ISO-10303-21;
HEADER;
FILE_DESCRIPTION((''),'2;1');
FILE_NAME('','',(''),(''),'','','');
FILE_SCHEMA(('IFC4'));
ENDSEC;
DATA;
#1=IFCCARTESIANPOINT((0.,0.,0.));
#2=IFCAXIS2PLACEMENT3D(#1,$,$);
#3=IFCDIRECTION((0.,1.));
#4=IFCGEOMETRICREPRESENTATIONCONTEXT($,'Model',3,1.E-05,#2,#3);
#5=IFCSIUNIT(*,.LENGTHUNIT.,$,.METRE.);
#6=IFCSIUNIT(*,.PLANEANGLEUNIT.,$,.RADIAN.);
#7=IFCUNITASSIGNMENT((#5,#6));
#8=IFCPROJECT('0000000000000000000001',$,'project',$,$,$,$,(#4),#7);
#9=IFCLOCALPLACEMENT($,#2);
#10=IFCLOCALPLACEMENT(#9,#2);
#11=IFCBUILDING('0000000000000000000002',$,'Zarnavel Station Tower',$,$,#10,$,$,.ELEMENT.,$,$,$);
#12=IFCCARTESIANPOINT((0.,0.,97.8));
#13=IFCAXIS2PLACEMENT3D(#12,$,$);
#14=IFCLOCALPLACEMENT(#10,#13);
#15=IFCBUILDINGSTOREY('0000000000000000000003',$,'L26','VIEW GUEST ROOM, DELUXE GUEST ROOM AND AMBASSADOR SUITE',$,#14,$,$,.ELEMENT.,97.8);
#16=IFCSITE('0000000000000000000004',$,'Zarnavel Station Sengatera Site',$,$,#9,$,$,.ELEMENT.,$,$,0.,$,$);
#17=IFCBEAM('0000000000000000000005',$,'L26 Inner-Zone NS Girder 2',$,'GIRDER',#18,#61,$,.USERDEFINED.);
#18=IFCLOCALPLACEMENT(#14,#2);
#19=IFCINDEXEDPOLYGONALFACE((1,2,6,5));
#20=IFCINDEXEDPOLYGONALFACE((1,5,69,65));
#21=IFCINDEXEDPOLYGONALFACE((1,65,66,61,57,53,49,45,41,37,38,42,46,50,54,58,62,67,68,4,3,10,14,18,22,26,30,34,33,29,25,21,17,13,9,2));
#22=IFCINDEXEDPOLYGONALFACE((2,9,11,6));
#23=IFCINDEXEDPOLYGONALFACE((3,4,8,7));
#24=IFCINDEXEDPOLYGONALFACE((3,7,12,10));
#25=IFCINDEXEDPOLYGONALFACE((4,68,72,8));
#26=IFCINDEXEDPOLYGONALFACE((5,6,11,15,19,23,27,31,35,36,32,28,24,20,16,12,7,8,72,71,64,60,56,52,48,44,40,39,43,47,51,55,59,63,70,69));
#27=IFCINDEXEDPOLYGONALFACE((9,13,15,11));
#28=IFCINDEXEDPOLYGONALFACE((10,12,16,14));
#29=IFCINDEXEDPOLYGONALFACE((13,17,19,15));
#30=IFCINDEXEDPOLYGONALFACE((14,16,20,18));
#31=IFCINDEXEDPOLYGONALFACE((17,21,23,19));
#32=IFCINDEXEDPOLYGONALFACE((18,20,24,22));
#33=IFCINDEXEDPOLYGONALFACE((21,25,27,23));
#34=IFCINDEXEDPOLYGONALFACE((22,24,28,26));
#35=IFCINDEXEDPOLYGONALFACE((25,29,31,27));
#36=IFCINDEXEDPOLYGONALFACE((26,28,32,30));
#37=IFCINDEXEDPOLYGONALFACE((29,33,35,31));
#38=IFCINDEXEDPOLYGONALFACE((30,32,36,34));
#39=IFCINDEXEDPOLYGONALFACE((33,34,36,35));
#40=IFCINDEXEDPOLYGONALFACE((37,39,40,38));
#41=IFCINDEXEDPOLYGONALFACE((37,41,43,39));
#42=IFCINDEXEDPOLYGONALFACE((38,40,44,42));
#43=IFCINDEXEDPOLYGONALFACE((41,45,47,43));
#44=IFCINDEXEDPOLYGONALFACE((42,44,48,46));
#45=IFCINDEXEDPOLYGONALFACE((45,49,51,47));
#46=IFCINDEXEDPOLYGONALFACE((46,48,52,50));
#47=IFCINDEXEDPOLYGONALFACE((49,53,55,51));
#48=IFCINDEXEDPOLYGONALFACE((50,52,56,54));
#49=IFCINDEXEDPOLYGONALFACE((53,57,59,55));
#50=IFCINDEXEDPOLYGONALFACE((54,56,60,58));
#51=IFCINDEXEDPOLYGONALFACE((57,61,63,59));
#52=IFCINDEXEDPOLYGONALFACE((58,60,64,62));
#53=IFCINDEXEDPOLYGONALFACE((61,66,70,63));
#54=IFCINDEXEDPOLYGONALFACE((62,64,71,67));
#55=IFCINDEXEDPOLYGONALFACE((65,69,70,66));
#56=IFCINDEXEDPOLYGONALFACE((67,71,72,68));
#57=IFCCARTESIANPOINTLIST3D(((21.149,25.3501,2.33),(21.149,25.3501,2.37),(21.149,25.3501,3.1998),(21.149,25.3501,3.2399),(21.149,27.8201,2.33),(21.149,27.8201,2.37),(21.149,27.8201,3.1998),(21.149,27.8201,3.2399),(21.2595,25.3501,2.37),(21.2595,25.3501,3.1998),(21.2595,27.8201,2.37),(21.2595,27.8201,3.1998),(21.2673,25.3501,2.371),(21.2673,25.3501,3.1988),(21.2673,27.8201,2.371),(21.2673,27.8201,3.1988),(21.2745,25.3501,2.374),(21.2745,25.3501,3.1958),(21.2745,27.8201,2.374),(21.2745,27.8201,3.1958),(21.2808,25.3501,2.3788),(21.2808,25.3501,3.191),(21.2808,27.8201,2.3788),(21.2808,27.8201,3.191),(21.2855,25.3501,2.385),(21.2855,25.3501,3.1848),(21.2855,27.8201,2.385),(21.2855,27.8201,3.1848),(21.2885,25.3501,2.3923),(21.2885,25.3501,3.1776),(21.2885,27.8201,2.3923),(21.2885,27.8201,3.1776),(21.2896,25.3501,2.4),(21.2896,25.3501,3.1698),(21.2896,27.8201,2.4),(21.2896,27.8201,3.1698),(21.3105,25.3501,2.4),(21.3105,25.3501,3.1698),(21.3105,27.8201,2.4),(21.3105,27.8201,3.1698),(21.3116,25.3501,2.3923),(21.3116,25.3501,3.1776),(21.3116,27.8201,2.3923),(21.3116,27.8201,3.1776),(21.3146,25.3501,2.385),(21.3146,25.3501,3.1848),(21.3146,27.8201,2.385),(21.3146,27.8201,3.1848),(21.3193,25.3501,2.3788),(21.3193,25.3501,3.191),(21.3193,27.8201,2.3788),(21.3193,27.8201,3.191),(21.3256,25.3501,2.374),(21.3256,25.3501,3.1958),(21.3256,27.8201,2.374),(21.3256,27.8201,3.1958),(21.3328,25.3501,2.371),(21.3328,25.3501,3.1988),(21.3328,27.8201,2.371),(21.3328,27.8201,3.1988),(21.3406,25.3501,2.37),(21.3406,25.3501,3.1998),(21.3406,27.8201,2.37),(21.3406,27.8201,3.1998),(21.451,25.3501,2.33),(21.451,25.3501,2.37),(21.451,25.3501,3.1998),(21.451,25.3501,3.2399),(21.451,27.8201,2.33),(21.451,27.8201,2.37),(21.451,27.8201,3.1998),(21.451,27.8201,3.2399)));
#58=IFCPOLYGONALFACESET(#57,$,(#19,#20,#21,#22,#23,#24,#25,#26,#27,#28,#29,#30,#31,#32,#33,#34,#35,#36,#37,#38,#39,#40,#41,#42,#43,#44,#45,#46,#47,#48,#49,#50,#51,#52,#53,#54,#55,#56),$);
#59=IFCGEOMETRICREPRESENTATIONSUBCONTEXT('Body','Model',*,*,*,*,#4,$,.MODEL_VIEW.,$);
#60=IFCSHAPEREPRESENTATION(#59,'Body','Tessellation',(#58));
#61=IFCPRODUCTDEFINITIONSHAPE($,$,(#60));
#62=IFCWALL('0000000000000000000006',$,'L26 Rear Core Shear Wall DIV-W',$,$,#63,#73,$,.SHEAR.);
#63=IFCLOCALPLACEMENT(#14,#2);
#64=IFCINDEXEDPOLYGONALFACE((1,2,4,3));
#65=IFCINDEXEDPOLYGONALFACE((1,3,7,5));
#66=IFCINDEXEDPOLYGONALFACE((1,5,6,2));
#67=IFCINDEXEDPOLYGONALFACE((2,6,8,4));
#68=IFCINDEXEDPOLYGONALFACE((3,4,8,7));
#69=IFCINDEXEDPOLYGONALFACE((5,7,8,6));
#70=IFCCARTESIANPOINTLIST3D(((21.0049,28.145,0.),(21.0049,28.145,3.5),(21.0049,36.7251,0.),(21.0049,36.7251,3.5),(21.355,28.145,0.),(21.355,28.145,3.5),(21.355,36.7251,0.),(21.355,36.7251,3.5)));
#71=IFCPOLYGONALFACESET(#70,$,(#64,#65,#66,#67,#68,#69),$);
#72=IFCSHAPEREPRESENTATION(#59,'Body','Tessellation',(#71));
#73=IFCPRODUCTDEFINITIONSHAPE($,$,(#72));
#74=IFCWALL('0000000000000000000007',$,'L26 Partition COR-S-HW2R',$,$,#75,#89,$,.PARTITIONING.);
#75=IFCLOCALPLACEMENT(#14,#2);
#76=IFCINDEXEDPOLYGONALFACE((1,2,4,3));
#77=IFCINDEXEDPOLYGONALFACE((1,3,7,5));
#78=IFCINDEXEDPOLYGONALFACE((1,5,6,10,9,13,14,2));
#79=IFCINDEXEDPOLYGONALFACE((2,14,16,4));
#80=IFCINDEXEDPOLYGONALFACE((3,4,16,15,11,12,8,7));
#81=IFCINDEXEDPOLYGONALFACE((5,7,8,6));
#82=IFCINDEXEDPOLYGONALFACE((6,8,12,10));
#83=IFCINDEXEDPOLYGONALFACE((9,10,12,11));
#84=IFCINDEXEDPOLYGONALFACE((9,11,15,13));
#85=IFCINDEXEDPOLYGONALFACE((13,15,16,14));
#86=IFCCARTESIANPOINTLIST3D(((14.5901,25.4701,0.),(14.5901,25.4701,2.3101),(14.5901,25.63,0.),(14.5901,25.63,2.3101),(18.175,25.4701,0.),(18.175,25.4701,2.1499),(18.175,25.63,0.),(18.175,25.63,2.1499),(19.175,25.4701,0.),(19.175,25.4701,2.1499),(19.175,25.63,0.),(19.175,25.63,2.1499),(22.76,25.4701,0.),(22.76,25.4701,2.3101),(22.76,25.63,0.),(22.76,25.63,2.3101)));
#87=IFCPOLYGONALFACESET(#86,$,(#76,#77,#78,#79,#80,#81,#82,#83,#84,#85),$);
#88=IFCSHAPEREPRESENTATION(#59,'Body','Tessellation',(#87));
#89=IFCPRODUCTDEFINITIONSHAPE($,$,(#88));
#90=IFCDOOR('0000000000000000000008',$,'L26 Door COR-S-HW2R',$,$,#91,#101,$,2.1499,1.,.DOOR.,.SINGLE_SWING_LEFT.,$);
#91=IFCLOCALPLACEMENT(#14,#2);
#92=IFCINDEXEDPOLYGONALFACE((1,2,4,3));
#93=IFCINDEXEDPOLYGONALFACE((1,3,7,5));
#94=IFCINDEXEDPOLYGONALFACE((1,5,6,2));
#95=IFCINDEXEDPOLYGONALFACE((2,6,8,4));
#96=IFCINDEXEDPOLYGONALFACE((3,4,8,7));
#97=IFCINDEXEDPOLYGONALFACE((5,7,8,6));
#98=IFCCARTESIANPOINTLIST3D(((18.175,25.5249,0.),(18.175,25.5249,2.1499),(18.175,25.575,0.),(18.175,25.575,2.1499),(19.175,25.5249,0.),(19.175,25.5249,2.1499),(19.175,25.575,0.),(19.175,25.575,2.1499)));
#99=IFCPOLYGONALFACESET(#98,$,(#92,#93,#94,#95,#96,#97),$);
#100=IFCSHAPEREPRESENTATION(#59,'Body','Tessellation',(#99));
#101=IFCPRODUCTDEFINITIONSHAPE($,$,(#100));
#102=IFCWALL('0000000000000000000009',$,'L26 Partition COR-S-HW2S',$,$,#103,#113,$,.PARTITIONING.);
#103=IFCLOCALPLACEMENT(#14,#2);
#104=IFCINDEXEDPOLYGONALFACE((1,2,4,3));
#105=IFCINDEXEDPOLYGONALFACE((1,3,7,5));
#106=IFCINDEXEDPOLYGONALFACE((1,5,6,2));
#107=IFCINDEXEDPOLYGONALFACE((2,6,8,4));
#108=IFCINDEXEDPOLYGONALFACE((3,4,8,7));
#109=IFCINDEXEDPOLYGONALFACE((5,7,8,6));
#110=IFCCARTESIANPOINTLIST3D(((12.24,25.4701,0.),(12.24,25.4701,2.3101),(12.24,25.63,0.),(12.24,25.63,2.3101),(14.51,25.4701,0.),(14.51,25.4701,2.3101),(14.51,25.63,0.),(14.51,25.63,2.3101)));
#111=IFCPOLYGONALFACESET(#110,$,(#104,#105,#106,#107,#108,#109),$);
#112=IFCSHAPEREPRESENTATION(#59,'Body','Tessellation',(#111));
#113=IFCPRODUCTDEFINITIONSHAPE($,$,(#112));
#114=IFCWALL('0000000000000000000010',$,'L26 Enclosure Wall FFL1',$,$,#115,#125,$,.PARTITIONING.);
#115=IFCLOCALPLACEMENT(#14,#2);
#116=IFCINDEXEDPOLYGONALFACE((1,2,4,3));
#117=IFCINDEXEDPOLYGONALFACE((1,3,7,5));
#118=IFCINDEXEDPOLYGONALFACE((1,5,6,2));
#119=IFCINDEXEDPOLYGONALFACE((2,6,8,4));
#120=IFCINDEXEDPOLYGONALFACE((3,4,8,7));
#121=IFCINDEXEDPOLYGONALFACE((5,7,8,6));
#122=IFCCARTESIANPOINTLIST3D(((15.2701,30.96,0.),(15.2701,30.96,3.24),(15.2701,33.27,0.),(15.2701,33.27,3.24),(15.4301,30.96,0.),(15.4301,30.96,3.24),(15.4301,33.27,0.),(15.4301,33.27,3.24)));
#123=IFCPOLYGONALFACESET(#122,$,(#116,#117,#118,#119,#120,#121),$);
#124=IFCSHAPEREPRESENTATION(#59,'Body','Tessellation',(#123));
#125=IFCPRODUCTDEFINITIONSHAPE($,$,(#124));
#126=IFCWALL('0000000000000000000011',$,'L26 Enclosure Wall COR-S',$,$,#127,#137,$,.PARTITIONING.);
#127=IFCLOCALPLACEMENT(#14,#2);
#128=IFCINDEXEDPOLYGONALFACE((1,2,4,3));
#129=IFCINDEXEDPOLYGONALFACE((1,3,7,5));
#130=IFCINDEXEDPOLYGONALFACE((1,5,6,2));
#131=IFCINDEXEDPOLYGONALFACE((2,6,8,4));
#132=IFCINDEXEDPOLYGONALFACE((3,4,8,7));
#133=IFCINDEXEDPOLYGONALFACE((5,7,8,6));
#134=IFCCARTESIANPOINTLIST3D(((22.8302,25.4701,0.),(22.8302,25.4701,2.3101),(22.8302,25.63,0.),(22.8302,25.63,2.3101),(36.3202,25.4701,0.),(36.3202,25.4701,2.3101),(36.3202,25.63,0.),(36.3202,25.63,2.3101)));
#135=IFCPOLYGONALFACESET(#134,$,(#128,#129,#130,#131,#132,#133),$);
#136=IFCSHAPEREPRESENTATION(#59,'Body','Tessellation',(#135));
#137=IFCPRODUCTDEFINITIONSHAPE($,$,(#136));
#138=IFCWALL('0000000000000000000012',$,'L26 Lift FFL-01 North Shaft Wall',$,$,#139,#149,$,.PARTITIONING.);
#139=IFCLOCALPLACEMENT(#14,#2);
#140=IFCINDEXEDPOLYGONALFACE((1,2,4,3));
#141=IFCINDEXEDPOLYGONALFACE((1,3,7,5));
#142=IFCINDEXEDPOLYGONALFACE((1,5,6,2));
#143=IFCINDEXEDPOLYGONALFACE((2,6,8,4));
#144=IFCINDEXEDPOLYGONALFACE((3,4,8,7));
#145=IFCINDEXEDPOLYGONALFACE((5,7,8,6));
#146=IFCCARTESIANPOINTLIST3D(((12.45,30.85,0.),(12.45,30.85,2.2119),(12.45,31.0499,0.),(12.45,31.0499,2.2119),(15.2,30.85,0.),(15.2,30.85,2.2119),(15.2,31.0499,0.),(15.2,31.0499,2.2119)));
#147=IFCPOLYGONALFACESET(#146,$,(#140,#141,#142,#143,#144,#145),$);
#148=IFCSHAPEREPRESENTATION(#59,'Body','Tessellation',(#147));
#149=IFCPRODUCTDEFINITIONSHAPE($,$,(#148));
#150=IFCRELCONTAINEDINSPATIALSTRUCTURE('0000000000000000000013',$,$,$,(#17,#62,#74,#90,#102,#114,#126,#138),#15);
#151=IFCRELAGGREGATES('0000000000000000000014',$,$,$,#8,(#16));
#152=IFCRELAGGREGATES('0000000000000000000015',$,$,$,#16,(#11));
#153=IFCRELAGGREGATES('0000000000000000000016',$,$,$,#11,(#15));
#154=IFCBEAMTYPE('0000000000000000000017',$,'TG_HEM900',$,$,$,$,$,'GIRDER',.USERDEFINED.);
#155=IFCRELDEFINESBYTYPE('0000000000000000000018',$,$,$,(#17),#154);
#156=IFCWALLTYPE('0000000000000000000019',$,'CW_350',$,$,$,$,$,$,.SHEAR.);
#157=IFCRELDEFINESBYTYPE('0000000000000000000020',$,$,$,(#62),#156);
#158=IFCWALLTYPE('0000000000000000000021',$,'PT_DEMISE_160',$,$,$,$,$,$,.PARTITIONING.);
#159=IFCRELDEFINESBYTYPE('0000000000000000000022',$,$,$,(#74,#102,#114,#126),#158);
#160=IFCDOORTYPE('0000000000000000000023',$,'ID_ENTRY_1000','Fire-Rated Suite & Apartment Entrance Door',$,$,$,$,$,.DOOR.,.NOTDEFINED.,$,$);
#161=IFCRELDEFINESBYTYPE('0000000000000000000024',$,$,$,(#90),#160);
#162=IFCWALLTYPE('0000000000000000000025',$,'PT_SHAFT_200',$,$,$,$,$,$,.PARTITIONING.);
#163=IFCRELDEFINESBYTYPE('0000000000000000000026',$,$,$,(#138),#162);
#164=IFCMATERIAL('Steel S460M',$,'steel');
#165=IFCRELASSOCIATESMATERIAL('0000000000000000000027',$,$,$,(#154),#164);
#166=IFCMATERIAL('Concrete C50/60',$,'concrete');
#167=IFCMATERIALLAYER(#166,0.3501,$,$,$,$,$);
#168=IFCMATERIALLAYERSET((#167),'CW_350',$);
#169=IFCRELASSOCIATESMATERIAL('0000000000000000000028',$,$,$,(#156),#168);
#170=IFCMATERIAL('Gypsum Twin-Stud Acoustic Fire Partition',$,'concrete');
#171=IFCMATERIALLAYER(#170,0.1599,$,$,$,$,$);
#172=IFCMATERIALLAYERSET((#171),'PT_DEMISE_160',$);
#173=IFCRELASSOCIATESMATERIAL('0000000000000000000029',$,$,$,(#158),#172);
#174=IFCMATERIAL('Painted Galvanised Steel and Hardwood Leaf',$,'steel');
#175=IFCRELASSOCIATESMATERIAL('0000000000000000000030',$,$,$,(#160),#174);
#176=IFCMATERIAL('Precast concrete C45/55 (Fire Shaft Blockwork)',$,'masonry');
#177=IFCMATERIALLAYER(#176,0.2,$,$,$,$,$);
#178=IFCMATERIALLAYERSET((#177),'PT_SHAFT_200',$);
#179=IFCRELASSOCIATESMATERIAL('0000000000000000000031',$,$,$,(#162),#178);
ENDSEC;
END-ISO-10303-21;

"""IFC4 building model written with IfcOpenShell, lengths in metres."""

from ifc_helpers import new_model, si_unit, direction, frame, frame_2d, origin, origin_2d, place, context, subcontext, project, spatial, rectangle, i_section, extrude, material, layer, layer_set, material_profile, profile_set, type_object, element, fill, save


model = new_model("IFC4")

# Units and contexts
model_context = context("Model", 3, precision=1e-05, world=origin(), true_north=direction((0.0, 1.0)))
body_context = subcontext(model_context, "Body", "Model", "MODEL_VIEW")
ifc_project = project(units=[si_unit("LENGTHUNIT", "METRE"), si_unit("PLANEANGLEUNIT", "RADIAN")], contexts=[model_context])

# Site, building, storey
site_placement = place(None, origin())
site = spatial("IfcSite", under=ifc_project, at=site_placement, Name="Zarnavel Station Sengatera Site", CompositionType="ELEMENT", RefElevation=0.0)
building_placement = place(site_placement, origin())
building = spatial("IfcBuilding", under=site, at=building_placement, Name="Zarnavel Station Tower", CompositionType="ELEMENT")
storey_placement = place(building_placement, frame((0.0, 0.0, 97.8)))
storey = spatial("IfcBuildingStorey", under=building, at=storey_placement, Name="L26", Description="VIEW GUEST ROOM, DELUXE GUEST ROOM AND AMBASSADOR SUITE", CompositionType="ELEMENT", Elevation=97.8)

# Beam
ifc_material_1 = material(Name="Steel S460M", Category="steel")
ifc_material_profile_1 = material_profile(ifc_material_1, i_section(OverallWidth=0.302, OverallDepth=0.9099, WebThickness=0.021, FlangeThickness=0.04, FilletRadius=0.03, at=origin_2d()), Name="HEM900")
ifc_profile_set_1 = profile_set([ifc_material_profile_1], Name="Steel S460M")
beam_type_1 = type_object("IfcBeamType", Name="TG_HEM900", ElementType="GIRDER", PredefinedType="USERDEFINED", material=ifc_profile_set_1)
for number, where, z_axis, x_axis, name in (
    (1, (21.3, 25.3501, 2.7849), (0.0, 1.0, 0.0), (-1.0, 0.0, 0.0), "L26 Inner-Zone NS Girder 2"),
):
    element("IfcBeam", number, at=place(storey_placement, frame(where, z_axis=z_axis, x_axis=x_axis)), inside=storey, type_object=beam_type_1, Name=name, ObjectType="GIRDER", PredefinedType="USERDEFINED", context=body_context, shape_type="SweptSolid", body=[
        extrude(i_section(OverallWidth=0.302, OverallDepth=0.9099, WebThickness=0.021, FlangeThickness=0.04, FilletRadius=0.03, at=origin_2d()), origin(), (0.0, 0.0, 1.0), 2.47),
    ])

# Wall
ifc_material_2 = material(Name="Concrete C50/60", Category="concrete")
ifc_layer_1 = layer(ifc_material_2, 0.3501)
ifc_layer_set_1 = layer_set([ifc_layer_1], Name="CW_350")
wall_type_1 = type_object("IfcWallType", Name="CW_350", PredefinedType="SHEAR", material=ifc_layer_set_1)
wall_1_placement = place(storey_placement, frame((21.1799, 28.145, 0.0), z_axis=(0.0, 0.0, 1.0), x_axis=(0.0, 1.0, 0.0)))
element("IfcWall", 2, at=wall_1_placement, inside=storey, type_object=wall_type_1, Name="L26 Rear Core Shear Wall DIV-W", PredefinedType="SHEAR", context=body_context, shape_type="SweptSolid", body=[
    extrude(rectangle(XDim=8.5801, YDim=0.3501, at=frame_2d((4.29, 0.0))), origin(), (0.0, 0.0, 1.0), 3.5),
])

# Wall, opening, door
ifc_material_3 = material(Name="Gypsum Twin-Stud Acoustic Fire Partition", Category="concrete")
ifc_layer_2 = layer(ifc_material_3, 0.1599)
ifc_layer_set_2 = layer_set([ifc_layer_2], Name="PT_DEMISE_160")
wall_type_2 = type_object("IfcWallType", Name="PT_DEMISE_160", PredefinedType="PARTITIONING", material=ifc_layer_set_2)
wall_2_placement = place(storey_placement, frame((14.5901, 25.55, 0.0), z_axis=(0.0, 0.0, 1.0), x_axis=(1.0, 0.0, 0.0)))
wall_2 = element("IfcWall", 3, at=wall_2_placement, inside=storey, type_object=wall_type_2, Name="L26 Partition COR-S-HW2R", PredefinedType="PARTITIONING", context=body_context, shape_type="SweptSolid", body=[
    extrude(rectangle(XDim=8.1699, YDim=0.1599, at=frame_2d((4.085, 0.0))), origin(), (0.0, 0.0, 1.0), 2.3101),
])
opening_1_placement = place(wall_2_placement, frame((3.585, 0.0, 0.0)))
opening_1 = element("IfcOpeningElement", 4, at=opening_1_placement, cuts=wall_2, PredefinedType="OPENING", context=body_context, shape_type="SweptSolid", body=[
    extrude(rectangle(XDim=1.0, YDim=2.1499, at=frame_2d((0.5, 1.075))), frame((0.0, 0.0898, 0.0), z_axis=(0.0, -1.0, 0.0), x_axis=(1.0, 0.0, 0.0)), (0.0, 0.0, 1.0), 0.1799),
])
ifc_material_4 = material(Name="Painted Galvanised Steel and Hardwood Leaf", Category="steel")
door_type_1 = type_object("IfcDoorType", Name="ID_ENTRY_1000", Description="Fire-Rated Suite & Apartment Entrance Door", OperationType="NOTDEFINED", PredefinedType="DOOR", material=ifc_material_4)
door_1_placement = place(opening_1_placement, origin())
door_1 = element("IfcDoor", 5, at=door_1_placement, inside=storey, type_object=door_type_1, Name="L26 Door COR-S-HW2R", OperationType="SINGLE_SWING_LEFT", OverallHeight=2.1499, OverallWidth=1.0, PredefinedType="DOOR", context=body_context, shape_type="SweptSolid", body=[
    extrude(rectangle(XDim=1.0, YDim=2.1499, at=frame_2d((0.5, 1.075))), frame((0.0, 0.0249, 0.0), z_axis=(0.0, -1.0, 0.0), x_axis=(1.0, 0.0, 0.0)), (0.0, 0.0, 1.0), 0.05),
])
fill(opening_1, door_1)

# Walls
wall_3_placement = place(storey_placement, frame((12.24, 25.55, 0.0), z_axis=(0.0, 0.0, 1.0), x_axis=(1.0, 0.0, 0.0)))
element("IfcWall", 6, at=wall_3_placement, inside=storey, type_object=wall_type_2, Name="L26 Partition COR-S-HW2S", PredefinedType="PARTITIONING", context=body_context, shape_type="SweptSolid", body=[
    extrude(rectangle(XDim=2.27, YDim=0.1599, at=frame_2d((1.135, 0.0))), origin(), (0.0, 0.0, 1.0), 2.3101),
])
wall_4_placement = place(storey_placement, frame((15.3501, 30.96, 0.0), z_axis=(0.0, 0.0, 1.0), x_axis=(0.0, 1.0, 0.0)))
element("IfcWall", 7, at=wall_4_placement, inside=storey, type_object=wall_type_2, Name="L26 Enclosure Wall FFL1", PredefinedType="PARTITIONING", context=body_context, shape_type="SweptSolid", body=[
    extrude(rectangle(XDim=2.3101, YDim=0.1599, at=frame_2d((1.155, 0.0))), origin(), (0.0, 0.0, 1.0), 3.24),
])
wall_5_placement = place(storey_placement, frame((22.8301, 25.55, 0.0), z_axis=(0.0, 0.0, 1.0), x_axis=(1.0, 0.0, 0.0)))
element("IfcWall", 8, at=wall_5_placement, inside=storey, type_object=wall_type_2, Name="L26 Enclosure Wall COR-S", PredefinedType="PARTITIONING", context=body_context, shape_type="SweptSolid", body=[
    extrude(rectangle(XDim=13.49, YDim=0.1599, at=frame_2d((6.7451, 0.0))), origin(), (0.0, 0.0, 1.0), 2.3101),
])

# Shared definitions
ifc_material_5 = material(Name="Precast concrete C45/55 (Fire Shaft Blockwork)", Category="masonry")
ifc_layer_3 = layer(ifc_material_5, 0.2)
ifc_layer_set_3 = layer_set([ifc_layer_3], Name="PT_SHAFT_200")
wall_type_3 = type_object("IfcWallType", Name="PT_SHAFT_200", PredefinedType="PARTITIONING", material=ifc_layer_set_3)

# Wall
wall_6_placement = place(storey_placement, frame((12.45, 30.95, 0.0), z_axis=(0.0, 0.0, 1.0), x_axis=(1.0, 0.0, 0.0)))
element("IfcWall", 9, at=wall_6_placement, inside=storey, type_object=wall_type_3, Name="L26 Lift FFL-01 North Shaft Wall", PredefinedType="PARTITIONING", context=body_context, shape_type="SweptSolid", body=[
    extrude(rectangle(XDim=2.75, YDim=0.2, at=frame_2d((1.375, 0.0))), origin(), (0.0, 0.0, 1.0), 2.2119),
])

save(model, "model.ifc")
